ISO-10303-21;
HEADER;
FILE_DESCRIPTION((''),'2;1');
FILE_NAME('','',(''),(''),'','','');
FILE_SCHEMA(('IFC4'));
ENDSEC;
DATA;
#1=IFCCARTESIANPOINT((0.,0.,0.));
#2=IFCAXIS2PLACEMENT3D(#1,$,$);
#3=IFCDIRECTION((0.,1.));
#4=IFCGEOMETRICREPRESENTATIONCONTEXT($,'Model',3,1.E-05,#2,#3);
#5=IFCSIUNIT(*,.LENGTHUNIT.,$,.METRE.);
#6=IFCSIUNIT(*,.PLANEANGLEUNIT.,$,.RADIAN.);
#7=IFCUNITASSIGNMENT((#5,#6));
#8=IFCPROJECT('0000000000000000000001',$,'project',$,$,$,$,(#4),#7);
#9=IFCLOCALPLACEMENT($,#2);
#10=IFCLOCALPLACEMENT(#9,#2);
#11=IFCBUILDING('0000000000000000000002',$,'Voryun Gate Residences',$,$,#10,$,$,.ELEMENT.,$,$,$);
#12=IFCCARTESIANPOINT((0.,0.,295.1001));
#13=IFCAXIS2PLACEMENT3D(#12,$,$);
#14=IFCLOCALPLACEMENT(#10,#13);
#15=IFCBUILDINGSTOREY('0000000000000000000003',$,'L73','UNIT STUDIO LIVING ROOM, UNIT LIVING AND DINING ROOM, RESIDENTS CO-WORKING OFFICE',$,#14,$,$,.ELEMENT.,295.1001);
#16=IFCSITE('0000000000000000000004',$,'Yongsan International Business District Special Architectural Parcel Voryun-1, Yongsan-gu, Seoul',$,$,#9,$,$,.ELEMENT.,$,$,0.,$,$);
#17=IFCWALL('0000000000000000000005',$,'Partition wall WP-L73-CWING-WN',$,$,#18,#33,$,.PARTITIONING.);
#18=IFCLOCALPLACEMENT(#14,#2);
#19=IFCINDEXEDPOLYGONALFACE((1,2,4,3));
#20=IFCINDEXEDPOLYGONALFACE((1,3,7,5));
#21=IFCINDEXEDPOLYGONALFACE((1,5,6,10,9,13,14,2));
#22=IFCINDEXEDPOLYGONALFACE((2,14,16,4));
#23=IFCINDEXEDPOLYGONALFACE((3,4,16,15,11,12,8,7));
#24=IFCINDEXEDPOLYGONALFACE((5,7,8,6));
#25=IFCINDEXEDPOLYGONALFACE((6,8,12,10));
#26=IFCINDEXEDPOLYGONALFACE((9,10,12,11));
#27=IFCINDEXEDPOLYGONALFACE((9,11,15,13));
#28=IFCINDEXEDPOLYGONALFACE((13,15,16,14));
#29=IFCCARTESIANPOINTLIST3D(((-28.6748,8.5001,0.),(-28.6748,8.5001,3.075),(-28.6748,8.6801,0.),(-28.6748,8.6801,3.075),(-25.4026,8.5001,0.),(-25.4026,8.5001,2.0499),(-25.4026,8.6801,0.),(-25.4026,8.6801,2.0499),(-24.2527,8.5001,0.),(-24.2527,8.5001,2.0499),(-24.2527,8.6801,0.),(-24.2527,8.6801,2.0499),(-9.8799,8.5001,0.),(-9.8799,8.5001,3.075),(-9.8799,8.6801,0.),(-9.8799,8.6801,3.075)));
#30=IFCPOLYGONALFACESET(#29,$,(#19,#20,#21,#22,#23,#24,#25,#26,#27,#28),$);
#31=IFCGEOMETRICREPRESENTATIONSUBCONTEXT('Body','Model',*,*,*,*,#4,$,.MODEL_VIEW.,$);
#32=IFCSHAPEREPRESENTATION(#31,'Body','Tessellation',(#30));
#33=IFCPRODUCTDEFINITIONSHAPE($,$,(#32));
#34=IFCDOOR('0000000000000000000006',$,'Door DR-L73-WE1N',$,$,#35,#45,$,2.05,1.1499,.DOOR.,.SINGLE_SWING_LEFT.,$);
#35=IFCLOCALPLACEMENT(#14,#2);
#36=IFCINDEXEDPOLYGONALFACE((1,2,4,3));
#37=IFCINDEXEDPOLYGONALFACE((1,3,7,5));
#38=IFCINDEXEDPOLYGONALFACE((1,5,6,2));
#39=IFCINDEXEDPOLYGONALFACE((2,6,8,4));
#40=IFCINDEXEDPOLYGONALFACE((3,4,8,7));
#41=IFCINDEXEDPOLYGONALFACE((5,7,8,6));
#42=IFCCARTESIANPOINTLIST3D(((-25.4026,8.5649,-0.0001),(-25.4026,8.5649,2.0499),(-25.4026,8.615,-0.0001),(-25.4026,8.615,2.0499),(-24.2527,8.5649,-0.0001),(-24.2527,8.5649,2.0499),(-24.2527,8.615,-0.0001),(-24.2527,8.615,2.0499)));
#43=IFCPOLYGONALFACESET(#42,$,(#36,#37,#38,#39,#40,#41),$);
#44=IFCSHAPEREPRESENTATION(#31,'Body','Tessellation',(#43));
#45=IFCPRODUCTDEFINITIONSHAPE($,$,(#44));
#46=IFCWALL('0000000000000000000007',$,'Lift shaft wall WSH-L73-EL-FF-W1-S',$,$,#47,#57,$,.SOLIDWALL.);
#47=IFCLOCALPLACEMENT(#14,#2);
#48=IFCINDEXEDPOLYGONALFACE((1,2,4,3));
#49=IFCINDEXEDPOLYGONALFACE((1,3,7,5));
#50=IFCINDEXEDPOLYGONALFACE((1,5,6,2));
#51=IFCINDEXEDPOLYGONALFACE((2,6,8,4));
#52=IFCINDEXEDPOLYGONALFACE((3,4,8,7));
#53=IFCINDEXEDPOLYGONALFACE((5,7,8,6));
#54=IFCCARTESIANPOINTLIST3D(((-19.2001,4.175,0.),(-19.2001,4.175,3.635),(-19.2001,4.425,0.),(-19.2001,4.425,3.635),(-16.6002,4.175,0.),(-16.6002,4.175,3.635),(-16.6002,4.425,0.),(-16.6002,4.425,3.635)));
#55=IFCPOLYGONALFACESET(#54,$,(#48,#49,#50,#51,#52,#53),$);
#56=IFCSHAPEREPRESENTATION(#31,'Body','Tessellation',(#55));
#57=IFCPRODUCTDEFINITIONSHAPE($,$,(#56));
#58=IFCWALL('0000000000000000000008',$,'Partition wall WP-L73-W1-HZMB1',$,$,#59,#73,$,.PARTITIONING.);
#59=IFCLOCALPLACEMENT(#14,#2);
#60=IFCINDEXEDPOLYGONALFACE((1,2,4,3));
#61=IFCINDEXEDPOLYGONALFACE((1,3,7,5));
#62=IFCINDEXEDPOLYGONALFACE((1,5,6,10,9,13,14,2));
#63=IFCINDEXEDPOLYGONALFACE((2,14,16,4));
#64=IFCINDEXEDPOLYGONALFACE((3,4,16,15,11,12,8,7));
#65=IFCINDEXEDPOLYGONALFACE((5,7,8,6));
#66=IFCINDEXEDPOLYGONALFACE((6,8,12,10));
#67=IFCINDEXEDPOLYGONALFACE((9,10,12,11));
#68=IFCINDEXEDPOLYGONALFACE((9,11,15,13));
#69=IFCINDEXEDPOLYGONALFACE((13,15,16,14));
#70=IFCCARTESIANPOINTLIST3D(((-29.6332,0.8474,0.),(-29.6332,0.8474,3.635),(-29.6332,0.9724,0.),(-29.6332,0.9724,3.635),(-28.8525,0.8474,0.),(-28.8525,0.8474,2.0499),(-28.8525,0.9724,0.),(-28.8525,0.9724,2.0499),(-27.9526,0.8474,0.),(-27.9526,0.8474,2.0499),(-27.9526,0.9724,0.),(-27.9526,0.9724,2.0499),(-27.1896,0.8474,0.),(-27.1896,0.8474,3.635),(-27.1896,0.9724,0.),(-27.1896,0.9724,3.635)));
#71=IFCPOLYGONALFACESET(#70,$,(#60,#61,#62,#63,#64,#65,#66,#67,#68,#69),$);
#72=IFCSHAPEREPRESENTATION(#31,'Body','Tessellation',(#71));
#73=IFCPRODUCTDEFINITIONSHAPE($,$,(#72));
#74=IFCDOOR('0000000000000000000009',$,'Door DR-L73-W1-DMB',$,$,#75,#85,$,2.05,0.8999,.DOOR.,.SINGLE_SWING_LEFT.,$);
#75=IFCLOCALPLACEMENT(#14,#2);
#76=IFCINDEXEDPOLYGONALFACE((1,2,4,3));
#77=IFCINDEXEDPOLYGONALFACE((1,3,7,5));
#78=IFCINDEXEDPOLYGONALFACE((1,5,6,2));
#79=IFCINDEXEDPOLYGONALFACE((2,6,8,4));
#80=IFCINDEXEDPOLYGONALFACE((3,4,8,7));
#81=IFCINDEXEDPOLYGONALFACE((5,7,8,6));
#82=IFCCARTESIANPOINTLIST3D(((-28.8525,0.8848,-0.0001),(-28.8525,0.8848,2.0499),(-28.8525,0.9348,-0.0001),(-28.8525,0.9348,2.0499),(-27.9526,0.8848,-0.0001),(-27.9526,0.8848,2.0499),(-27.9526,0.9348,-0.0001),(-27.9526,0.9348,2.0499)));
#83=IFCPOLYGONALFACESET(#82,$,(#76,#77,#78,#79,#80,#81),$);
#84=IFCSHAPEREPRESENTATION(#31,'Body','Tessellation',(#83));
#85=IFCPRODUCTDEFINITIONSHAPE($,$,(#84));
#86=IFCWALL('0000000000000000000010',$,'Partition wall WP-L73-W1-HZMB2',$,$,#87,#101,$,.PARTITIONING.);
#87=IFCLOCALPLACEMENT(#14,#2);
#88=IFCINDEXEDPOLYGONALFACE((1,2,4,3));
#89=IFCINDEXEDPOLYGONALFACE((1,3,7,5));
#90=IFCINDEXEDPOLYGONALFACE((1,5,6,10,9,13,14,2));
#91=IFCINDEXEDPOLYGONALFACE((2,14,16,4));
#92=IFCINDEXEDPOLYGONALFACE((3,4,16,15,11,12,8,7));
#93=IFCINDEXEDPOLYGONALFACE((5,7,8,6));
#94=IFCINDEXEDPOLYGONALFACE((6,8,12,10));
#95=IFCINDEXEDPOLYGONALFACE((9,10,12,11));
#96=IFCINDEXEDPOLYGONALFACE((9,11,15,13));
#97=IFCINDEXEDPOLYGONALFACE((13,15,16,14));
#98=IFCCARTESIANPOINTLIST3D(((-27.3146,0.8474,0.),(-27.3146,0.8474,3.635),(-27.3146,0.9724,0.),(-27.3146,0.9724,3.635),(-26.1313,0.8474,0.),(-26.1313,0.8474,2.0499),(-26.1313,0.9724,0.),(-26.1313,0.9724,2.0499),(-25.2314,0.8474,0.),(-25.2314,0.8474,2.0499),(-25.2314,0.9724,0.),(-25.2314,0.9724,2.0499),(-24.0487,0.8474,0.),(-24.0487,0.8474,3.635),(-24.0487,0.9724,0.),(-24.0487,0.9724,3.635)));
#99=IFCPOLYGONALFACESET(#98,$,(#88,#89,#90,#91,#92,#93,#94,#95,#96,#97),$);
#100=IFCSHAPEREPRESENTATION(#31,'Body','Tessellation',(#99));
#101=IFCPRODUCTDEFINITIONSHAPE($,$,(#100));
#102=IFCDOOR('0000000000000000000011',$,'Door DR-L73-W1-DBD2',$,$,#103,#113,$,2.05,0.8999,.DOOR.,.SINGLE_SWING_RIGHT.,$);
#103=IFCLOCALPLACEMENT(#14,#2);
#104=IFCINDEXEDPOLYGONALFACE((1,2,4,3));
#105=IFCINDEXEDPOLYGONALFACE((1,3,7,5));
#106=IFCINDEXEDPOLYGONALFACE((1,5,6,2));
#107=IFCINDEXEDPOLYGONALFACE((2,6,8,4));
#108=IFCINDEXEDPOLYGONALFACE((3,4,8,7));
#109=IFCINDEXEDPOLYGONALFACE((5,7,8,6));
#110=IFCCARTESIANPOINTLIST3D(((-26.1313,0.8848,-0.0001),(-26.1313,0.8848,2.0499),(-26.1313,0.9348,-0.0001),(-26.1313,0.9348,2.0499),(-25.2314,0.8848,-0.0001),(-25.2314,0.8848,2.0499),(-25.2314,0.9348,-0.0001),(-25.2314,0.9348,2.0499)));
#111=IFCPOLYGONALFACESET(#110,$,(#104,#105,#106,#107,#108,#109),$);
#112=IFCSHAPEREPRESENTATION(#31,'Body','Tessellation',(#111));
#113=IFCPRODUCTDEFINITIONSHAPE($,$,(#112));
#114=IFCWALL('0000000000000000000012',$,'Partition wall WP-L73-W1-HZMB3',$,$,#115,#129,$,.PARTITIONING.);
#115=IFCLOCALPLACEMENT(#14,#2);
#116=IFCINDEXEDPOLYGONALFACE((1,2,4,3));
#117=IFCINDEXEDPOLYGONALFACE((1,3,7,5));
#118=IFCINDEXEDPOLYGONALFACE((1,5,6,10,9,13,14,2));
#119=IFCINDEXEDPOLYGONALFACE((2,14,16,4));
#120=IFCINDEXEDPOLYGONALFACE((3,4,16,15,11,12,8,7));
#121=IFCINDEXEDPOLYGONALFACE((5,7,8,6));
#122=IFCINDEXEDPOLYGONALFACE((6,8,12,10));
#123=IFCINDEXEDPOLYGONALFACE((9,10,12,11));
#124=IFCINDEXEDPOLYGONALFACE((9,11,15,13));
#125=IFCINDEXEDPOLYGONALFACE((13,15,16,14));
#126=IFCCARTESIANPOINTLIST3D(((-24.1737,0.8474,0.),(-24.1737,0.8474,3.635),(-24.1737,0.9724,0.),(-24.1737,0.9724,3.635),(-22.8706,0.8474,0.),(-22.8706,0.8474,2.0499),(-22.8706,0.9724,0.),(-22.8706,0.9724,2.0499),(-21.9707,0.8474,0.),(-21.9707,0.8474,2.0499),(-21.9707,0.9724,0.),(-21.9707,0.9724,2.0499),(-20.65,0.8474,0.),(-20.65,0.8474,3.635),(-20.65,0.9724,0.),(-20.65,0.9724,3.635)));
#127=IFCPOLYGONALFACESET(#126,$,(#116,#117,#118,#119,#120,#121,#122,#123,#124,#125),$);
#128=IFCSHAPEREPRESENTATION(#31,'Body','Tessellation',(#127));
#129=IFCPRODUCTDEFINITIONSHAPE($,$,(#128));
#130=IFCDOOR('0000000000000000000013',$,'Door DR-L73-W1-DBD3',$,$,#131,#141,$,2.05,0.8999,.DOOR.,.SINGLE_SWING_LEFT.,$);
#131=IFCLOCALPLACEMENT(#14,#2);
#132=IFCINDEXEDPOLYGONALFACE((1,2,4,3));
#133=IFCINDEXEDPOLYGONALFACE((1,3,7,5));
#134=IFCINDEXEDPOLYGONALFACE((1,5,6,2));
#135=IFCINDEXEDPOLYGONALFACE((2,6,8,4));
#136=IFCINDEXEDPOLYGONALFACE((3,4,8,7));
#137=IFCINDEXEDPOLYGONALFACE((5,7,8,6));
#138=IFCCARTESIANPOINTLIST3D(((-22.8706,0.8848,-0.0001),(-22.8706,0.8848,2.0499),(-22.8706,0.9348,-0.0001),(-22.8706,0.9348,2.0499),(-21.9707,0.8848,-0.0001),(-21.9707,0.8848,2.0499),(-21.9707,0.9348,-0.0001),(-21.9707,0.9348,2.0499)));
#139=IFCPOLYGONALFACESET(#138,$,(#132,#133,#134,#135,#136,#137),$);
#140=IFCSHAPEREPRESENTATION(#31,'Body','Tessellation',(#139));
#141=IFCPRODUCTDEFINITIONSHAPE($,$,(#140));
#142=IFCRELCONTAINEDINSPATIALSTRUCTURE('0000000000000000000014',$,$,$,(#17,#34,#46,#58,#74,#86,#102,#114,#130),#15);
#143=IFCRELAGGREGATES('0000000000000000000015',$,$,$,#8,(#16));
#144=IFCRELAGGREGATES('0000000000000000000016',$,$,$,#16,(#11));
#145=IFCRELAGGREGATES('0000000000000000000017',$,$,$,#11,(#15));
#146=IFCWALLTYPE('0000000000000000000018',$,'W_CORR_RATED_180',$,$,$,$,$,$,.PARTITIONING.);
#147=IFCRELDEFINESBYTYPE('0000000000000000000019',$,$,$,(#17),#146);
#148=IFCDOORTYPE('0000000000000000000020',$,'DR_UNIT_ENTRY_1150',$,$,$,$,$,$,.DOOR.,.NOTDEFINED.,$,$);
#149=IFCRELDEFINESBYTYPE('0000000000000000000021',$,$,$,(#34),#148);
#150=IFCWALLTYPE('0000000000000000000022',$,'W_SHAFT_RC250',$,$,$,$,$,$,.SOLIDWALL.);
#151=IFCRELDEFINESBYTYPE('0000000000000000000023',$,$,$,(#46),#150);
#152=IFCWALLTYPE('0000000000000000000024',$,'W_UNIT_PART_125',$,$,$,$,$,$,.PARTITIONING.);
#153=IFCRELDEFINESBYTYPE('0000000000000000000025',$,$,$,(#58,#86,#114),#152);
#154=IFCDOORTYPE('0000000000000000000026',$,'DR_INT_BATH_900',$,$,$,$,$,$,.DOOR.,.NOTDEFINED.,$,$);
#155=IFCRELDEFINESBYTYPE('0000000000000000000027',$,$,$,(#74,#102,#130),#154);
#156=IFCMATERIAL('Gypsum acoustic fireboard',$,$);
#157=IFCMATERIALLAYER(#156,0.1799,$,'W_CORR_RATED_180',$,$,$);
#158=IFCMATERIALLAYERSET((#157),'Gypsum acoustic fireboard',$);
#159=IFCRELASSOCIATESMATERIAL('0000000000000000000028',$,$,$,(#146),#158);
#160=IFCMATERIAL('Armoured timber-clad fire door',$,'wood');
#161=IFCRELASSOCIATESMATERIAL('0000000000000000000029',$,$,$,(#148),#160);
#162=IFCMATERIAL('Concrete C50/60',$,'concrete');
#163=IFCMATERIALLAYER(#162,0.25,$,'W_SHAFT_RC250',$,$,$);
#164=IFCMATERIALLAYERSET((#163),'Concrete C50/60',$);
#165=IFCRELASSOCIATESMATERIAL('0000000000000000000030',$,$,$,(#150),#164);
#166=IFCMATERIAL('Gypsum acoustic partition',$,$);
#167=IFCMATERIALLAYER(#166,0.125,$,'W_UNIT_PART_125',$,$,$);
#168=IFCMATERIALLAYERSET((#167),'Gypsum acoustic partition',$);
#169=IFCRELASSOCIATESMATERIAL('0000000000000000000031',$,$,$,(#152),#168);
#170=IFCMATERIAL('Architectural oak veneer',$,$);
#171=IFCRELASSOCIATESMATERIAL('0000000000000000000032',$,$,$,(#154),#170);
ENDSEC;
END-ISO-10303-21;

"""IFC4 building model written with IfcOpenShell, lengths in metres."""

from ifc_helpers import new_model, si_unit, direction, frame, frame_2d, origin, place, context, subcontext, project, spatial, rectangle, extrude, material, layer, layer_set, type_object, element, fill, save


model = new_model("IFC4")

# Units and contexts
model_context = context("Model", 3, precision=1e-05, world=origin(), true_north=direction((0.0, 1.0)))
body_context = subcontext(model_context, "Body", "Model", "MODEL_VIEW")
ifc_project = project(units=[si_unit("LENGTHUNIT", "METRE"), si_unit("PLANEANGLEUNIT", "RADIAN")], contexts=[model_context])

# Site, building, storey
site_placement = place(None, origin())
site = spatial("IfcSite", under=ifc_project, at=site_placement, Name="Yongsan International Business District Special Architectural Parcel Voryun-1, Yongsan-gu, Seoul", CompositionType="ELEMENT", RefElevation=0.0)
building_placement = place(site_placement, origin())
building = spatial("IfcBuilding", under=site, at=building_placement, Name="Voryun Gate Residences", CompositionType="ELEMENT")
storey_placement = place(building_placement, frame((0.0, 0.0, 295.1001)))
storey = spatial("IfcBuildingStorey", under=building, at=storey_placement, Name="L73", Description="UNIT STUDIO LIVING ROOM, UNIT LIVING AND DINING ROOM, RESIDENTS CO-WORKING OFFICE", CompositionType="ELEMENT", Elevation=295.1001)

# Wall, opening, door
ifc_material_1 = material(Name="Gypsum acoustic fireboard")
ifc_layer_1 = layer(ifc_material_1, 0.1799, Name="W_CORR_RATED_180")
ifc_layer_set_1 = layer_set([ifc_layer_1], Name="Gypsum acoustic fireboard")
wall_type_1 = type_object("IfcWallType", Name="W_CORR_RATED_180", PredefinedType="PARTITIONING", material=ifc_layer_set_1)
wall_1_placement = place(storey_placement, frame((-28.6748, 8.5901, 0.0), z_axis=(0.0, 0.0, 1.0), x_axis=(1.0, 0.0, 0.0)))
wall_1 = element("IfcWall", 1, at=wall_1_placement, inside=storey, type_object=wall_type_1, Name="Partition wall WP-L73-CWING-WN", PredefinedType="PARTITIONING", context=body_context, shape_type="SweptSolid", body=[
    extrude(rectangle(XDim=18.7949, YDim=0.1799, at=frame_2d((9.3975, 0.0))), origin(), (0.0, 0.0, 1.0), 3.075),
])
opening_1_placement = place(wall_1_placement, frame((3.2722, 0.0, 0.0)))
opening_1 = element("IfcOpeningElement", 2, at=opening_1_placement, cuts=wall_1, PredefinedType="OPENING", context=body_context, shape_type="SweptSolid", body=[
    extrude(rectangle(XDim=1.1499, YDim=2.05, at=frame_2d((0.575, 1.0249))), frame((0.0, 0.0999, 0.0), z_axis=(0.0, -1.0, 0.0), x_axis=(1.0, 0.0, 0.0)), (0.0, 0.0, 1.0), 0.2),
])
ifc_material_2 = material(Name="Armoured timber-clad fire door", Category="wood")
door_type_1 = type_object("IfcDoorType", Name="DR_UNIT_ENTRY_1150", OperationType="NOTDEFINED", PredefinedType="DOOR", material=ifc_material_2)
door_1_placement = place(opening_1_placement, origin())
door_1 = element("IfcDoor", 3, at=door_1_placement, inside=storey, type_object=door_type_1, Name="Door DR-L73-WE1N", OperationType="SINGLE_SWING_LEFT", OverallHeight=2.05, OverallWidth=1.1499, PredefinedType="DOOR", context=body_context, shape_type="SweptSolid", body=[
    extrude(rectangle(XDim=1.1499, YDim=2.05, at=frame_2d((0.575, 1.0249))), frame((0.0, 0.0249, 0.0), z_axis=(0.0, -1.0, 0.0), x_axis=(1.0, 0.0, 0.0)), (0.0, 0.0, 1.0), 0.05),
])
fill(opening_1, door_1)

# Wall
ifc_material_3 = material(Name="Concrete C50/60", Category="concrete")
ifc_layer_2 = layer(ifc_material_3, 0.25, Name="W_SHAFT_RC250")
ifc_layer_set_2 = layer_set([ifc_layer_2], Name="Concrete C50/60")
wall_type_2 = type_object("IfcWallType", Name="W_SHAFT_RC250", PredefinedType="SOLIDWALL", material=ifc_layer_set_2)
wall_2_placement = place(storey_placement, frame((-19.2, 4.3, 0.0), z_axis=(0.0, 0.0, 1.0), x_axis=(1.0, 0.0, 0.0)))
element("IfcWall", 4, at=wall_2_placement, inside=storey, type_object=wall_type_2, Name="Lift shaft wall WSH-L73-EL-FF-W1-S", PredefinedType="SOLIDWALL", context=body_context, shape_type="SweptSolid", body=[
    extrude(rectangle(XDim=2.5999, YDim=0.25, at=frame_2d((1.2998, 0.0))), origin(), (0.0, 0.0, 1.0), 3.635),
])

# Walls, openings, doors
ifc_material_4 = material(Name="Gypsum acoustic partition")
ifc_layer_3 = layer(ifc_material_4, 0.125, Name="W_UNIT_PART_125")
ifc_layer_set_3 = layer_set([ifc_layer_3], Name="Gypsum acoustic partition")
wall_type_3 = type_object("IfcWallType", Name="W_UNIT_PART_125", PredefinedType="PARTITIONING", material=ifc_layer_set_3)
wall_3_placement = place(storey_placement, frame((-29.6331, 0.9099, 0.0), z_axis=(0.0, 0.0, 1.0), x_axis=(1.0, 0.0, 0.0)))
wall_3 = element("IfcWall", 5, at=wall_3_placement, inside=storey, type_object=wall_type_3, Name="Partition wall WP-L73-W1-HZMB1", PredefinedType="PARTITIONING", context=body_context, shape_type="SweptSolid", body=[
    extrude(rectangle(XDim=2.4436, YDim=0.125, at=frame_2d((1.2217, 0.0))), origin(), (0.0, 0.0, 1.0), 3.635),
])
opening_2_placement = place(wall_3_placement, frame((0.7805, 0.0, 0.0)))
opening_2 = element("IfcOpeningElement", 6, at=opening_2_placement, cuts=wall_3, PredefinedType="OPENING", context=body_context, shape_type="SweptSolid", body=[
    extrude(rectangle(XDim=0.8999, YDim=2.05, at=frame_2d((0.45, 1.0249))), frame((0.0, 0.0725, 0.0), z_axis=(0.0, -1.0, 0.0), x_axis=(1.0, 0.0, 0.0)), (0.0, 0.0, 1.0), 0.145),
])
ifc_material_5 = material(Name="Architectural oak veneer")
door_type_2 = type_object("IfcDoorType", Name="DR_INT_BATH_900", OperationType="NOTDEFINED", PredefinedType="DOOR", material=ifc_material_5)
door_2_placement = place(opening_2_placement, origin())
door_2 = element("IfcDoor", 7, at=door_2_placement, inside=storey, type_object=door_type_2, Name="Door DR-L73-W1-DMB", OperationType="SINGLE_SWING_LEFT", OverallHeight=2.05, OverallWidth=0.8999, PredefinedType="DOOR", context=body_context, shape_type="SweptSolid", body=[
    extrude(rectangle(XDim=0.8999, YDim=2.05, at=frame_2d((0.45, 1.0249))), frame((0.0, 0.0249, 0.0), z_axis=(0.0, -1.0, 0.0), x_axis=(1.0, 0.0, 0.0)), (0.0, 0.0, 1.0), 0.05),
])
fill(opening_2, door_2)
wall_4_placement = place(storey_placement, frame((-27.3145, 0.9099, 0.0), z_axis=(0.0, 0.0, 1.0), x_axis=(1.0, 0.0, 0.0)))
wall_4 = element("IfcWall", 8, at=wall_4_placement, inside=storey, type_object=wall_type_3, Name="Partition wall WP-L73-W1-HZMB2", PredefinedType="PARTITIONING", context=body_context, shape_type="SweptSolid", body=[
    extrude(rectangle(XDim=3.2659, YDim=0.125, at=frame_2d((1.6328, 0.0))), origin(), (0.0, 0.0, 1.0), 3.635),
])
opening_3_placement = place(wall_4_placement, frame((1.1831, 0.0, 0.0)))
opening_3 = element("IfcOpeningElement", 9, at=opening_3_placement, cuts=wall_4, PredefinedType="OPENING", context=body_context, shape_type="SweptSolid", body=[
    extrude(rectangle(XDim=0.8999, YDim=2.05, at=frame_2d((0.45, 1.0249))), frame((0.0, 0.0725, 0.0), z_axis=(0.0, -1.0, 0.0), x_axis=(1.0, 0.0, 0.0)), (0.0, 0.0, 1.0), 0.145),
])
door_3_placement = place(opening_3_placement, origin())
door_3 = element("IfcDoor", 10, at=door_3_placement, inside=storey, type_object=door_type_2, Name="Door DR-L73-W1-DBD2", OperationType="SINGLE_SWING_RIGHT", OverallHeight=2.05, OverallWidth=0.8999, PredefinedType="DOOR", context=body_context, shape_type="SweptSolid", body=[
    extrude(rectangle(XDim=0.8999, YDim=2.05, at=frame_2d((0.45, 1.0249))), frame((0.0, 0.0249, 0.0), z_axis=(0.0, -1.0, 0.0), x_axis=(1.0, 0.0, 0.0)), (0.0, 0.0, 1.0), 0.05),
])
fill(opening_3, door_3)
wall_5_placement = place(storey_placement, frame((-24.1736, 0.9099, 0.0), z_axis=(0.0, 0.0, 1.0), x_axis=(1.0, 0.0, 0.0)))
wall_5 = element("IfcWall", 11, at=wall_5_placement, inside=storey, type_object=wall_type_3, Name="Partition wall WP-L73-W1-HZMB3", PredefinedType="PARTITIONING", context=body_context, shape_type="SweptSolid", body=[
    extrude(rectangle(XDim=3.5237, YDim=0.125, at=frame_2d((1.7617, 0.0))), origin(), (0.0, 0.0, 1.0), 3.635),
])
opening_4_placement = place(wall_5_placement, frame((1.303, 0.0, 0.0)))
opening_4 = element("IfcOpeningElement", 12, at=opening_4_placement, cuts=wall_5, PredefinedType="OPENING", context=body_context, shape_type="SweptSolid", body=[
    extrude(rectangle(XDim=0.8999, YDim=2.05, at=frame_2d((0.45, 1.0249))), frame((0.0, 0.0725, 0.0), z_axis=(0.0, -1.0, 0.0), x_axis=(1.0, 0.0, 0.0)), (0.0, 0.0, 1.0), 0.145),
])
door_4_placement = place(opening_4_placement, origin())
door_4 = element("IfcDoor", 13, at=door_4_placement, inside=storey, type_object=door_type_2, Name="Door DR-L73-W1-DBD3", OperationType="SINGLE_SWING_LEFT", OverallHeight=2.05, OverallWidth=0.8999, PredefinedType="DOOR", context=body_context, shape_type="SweptSolid", body=[
    extrude(rectangle(XDim=0.8999, YDim=2.05, at=frame_2d((0.45, 1.0249))), frame((0.0, 0.0249, 0.0), z_axis=(0.0, -1.0, 0.0), x_axis=(1.0, 0.0, 0.0)), (0.0, 0.0, 1.0), 0.05),
])
fill(opening_4, door_4)

save(model, "model.ifc")
